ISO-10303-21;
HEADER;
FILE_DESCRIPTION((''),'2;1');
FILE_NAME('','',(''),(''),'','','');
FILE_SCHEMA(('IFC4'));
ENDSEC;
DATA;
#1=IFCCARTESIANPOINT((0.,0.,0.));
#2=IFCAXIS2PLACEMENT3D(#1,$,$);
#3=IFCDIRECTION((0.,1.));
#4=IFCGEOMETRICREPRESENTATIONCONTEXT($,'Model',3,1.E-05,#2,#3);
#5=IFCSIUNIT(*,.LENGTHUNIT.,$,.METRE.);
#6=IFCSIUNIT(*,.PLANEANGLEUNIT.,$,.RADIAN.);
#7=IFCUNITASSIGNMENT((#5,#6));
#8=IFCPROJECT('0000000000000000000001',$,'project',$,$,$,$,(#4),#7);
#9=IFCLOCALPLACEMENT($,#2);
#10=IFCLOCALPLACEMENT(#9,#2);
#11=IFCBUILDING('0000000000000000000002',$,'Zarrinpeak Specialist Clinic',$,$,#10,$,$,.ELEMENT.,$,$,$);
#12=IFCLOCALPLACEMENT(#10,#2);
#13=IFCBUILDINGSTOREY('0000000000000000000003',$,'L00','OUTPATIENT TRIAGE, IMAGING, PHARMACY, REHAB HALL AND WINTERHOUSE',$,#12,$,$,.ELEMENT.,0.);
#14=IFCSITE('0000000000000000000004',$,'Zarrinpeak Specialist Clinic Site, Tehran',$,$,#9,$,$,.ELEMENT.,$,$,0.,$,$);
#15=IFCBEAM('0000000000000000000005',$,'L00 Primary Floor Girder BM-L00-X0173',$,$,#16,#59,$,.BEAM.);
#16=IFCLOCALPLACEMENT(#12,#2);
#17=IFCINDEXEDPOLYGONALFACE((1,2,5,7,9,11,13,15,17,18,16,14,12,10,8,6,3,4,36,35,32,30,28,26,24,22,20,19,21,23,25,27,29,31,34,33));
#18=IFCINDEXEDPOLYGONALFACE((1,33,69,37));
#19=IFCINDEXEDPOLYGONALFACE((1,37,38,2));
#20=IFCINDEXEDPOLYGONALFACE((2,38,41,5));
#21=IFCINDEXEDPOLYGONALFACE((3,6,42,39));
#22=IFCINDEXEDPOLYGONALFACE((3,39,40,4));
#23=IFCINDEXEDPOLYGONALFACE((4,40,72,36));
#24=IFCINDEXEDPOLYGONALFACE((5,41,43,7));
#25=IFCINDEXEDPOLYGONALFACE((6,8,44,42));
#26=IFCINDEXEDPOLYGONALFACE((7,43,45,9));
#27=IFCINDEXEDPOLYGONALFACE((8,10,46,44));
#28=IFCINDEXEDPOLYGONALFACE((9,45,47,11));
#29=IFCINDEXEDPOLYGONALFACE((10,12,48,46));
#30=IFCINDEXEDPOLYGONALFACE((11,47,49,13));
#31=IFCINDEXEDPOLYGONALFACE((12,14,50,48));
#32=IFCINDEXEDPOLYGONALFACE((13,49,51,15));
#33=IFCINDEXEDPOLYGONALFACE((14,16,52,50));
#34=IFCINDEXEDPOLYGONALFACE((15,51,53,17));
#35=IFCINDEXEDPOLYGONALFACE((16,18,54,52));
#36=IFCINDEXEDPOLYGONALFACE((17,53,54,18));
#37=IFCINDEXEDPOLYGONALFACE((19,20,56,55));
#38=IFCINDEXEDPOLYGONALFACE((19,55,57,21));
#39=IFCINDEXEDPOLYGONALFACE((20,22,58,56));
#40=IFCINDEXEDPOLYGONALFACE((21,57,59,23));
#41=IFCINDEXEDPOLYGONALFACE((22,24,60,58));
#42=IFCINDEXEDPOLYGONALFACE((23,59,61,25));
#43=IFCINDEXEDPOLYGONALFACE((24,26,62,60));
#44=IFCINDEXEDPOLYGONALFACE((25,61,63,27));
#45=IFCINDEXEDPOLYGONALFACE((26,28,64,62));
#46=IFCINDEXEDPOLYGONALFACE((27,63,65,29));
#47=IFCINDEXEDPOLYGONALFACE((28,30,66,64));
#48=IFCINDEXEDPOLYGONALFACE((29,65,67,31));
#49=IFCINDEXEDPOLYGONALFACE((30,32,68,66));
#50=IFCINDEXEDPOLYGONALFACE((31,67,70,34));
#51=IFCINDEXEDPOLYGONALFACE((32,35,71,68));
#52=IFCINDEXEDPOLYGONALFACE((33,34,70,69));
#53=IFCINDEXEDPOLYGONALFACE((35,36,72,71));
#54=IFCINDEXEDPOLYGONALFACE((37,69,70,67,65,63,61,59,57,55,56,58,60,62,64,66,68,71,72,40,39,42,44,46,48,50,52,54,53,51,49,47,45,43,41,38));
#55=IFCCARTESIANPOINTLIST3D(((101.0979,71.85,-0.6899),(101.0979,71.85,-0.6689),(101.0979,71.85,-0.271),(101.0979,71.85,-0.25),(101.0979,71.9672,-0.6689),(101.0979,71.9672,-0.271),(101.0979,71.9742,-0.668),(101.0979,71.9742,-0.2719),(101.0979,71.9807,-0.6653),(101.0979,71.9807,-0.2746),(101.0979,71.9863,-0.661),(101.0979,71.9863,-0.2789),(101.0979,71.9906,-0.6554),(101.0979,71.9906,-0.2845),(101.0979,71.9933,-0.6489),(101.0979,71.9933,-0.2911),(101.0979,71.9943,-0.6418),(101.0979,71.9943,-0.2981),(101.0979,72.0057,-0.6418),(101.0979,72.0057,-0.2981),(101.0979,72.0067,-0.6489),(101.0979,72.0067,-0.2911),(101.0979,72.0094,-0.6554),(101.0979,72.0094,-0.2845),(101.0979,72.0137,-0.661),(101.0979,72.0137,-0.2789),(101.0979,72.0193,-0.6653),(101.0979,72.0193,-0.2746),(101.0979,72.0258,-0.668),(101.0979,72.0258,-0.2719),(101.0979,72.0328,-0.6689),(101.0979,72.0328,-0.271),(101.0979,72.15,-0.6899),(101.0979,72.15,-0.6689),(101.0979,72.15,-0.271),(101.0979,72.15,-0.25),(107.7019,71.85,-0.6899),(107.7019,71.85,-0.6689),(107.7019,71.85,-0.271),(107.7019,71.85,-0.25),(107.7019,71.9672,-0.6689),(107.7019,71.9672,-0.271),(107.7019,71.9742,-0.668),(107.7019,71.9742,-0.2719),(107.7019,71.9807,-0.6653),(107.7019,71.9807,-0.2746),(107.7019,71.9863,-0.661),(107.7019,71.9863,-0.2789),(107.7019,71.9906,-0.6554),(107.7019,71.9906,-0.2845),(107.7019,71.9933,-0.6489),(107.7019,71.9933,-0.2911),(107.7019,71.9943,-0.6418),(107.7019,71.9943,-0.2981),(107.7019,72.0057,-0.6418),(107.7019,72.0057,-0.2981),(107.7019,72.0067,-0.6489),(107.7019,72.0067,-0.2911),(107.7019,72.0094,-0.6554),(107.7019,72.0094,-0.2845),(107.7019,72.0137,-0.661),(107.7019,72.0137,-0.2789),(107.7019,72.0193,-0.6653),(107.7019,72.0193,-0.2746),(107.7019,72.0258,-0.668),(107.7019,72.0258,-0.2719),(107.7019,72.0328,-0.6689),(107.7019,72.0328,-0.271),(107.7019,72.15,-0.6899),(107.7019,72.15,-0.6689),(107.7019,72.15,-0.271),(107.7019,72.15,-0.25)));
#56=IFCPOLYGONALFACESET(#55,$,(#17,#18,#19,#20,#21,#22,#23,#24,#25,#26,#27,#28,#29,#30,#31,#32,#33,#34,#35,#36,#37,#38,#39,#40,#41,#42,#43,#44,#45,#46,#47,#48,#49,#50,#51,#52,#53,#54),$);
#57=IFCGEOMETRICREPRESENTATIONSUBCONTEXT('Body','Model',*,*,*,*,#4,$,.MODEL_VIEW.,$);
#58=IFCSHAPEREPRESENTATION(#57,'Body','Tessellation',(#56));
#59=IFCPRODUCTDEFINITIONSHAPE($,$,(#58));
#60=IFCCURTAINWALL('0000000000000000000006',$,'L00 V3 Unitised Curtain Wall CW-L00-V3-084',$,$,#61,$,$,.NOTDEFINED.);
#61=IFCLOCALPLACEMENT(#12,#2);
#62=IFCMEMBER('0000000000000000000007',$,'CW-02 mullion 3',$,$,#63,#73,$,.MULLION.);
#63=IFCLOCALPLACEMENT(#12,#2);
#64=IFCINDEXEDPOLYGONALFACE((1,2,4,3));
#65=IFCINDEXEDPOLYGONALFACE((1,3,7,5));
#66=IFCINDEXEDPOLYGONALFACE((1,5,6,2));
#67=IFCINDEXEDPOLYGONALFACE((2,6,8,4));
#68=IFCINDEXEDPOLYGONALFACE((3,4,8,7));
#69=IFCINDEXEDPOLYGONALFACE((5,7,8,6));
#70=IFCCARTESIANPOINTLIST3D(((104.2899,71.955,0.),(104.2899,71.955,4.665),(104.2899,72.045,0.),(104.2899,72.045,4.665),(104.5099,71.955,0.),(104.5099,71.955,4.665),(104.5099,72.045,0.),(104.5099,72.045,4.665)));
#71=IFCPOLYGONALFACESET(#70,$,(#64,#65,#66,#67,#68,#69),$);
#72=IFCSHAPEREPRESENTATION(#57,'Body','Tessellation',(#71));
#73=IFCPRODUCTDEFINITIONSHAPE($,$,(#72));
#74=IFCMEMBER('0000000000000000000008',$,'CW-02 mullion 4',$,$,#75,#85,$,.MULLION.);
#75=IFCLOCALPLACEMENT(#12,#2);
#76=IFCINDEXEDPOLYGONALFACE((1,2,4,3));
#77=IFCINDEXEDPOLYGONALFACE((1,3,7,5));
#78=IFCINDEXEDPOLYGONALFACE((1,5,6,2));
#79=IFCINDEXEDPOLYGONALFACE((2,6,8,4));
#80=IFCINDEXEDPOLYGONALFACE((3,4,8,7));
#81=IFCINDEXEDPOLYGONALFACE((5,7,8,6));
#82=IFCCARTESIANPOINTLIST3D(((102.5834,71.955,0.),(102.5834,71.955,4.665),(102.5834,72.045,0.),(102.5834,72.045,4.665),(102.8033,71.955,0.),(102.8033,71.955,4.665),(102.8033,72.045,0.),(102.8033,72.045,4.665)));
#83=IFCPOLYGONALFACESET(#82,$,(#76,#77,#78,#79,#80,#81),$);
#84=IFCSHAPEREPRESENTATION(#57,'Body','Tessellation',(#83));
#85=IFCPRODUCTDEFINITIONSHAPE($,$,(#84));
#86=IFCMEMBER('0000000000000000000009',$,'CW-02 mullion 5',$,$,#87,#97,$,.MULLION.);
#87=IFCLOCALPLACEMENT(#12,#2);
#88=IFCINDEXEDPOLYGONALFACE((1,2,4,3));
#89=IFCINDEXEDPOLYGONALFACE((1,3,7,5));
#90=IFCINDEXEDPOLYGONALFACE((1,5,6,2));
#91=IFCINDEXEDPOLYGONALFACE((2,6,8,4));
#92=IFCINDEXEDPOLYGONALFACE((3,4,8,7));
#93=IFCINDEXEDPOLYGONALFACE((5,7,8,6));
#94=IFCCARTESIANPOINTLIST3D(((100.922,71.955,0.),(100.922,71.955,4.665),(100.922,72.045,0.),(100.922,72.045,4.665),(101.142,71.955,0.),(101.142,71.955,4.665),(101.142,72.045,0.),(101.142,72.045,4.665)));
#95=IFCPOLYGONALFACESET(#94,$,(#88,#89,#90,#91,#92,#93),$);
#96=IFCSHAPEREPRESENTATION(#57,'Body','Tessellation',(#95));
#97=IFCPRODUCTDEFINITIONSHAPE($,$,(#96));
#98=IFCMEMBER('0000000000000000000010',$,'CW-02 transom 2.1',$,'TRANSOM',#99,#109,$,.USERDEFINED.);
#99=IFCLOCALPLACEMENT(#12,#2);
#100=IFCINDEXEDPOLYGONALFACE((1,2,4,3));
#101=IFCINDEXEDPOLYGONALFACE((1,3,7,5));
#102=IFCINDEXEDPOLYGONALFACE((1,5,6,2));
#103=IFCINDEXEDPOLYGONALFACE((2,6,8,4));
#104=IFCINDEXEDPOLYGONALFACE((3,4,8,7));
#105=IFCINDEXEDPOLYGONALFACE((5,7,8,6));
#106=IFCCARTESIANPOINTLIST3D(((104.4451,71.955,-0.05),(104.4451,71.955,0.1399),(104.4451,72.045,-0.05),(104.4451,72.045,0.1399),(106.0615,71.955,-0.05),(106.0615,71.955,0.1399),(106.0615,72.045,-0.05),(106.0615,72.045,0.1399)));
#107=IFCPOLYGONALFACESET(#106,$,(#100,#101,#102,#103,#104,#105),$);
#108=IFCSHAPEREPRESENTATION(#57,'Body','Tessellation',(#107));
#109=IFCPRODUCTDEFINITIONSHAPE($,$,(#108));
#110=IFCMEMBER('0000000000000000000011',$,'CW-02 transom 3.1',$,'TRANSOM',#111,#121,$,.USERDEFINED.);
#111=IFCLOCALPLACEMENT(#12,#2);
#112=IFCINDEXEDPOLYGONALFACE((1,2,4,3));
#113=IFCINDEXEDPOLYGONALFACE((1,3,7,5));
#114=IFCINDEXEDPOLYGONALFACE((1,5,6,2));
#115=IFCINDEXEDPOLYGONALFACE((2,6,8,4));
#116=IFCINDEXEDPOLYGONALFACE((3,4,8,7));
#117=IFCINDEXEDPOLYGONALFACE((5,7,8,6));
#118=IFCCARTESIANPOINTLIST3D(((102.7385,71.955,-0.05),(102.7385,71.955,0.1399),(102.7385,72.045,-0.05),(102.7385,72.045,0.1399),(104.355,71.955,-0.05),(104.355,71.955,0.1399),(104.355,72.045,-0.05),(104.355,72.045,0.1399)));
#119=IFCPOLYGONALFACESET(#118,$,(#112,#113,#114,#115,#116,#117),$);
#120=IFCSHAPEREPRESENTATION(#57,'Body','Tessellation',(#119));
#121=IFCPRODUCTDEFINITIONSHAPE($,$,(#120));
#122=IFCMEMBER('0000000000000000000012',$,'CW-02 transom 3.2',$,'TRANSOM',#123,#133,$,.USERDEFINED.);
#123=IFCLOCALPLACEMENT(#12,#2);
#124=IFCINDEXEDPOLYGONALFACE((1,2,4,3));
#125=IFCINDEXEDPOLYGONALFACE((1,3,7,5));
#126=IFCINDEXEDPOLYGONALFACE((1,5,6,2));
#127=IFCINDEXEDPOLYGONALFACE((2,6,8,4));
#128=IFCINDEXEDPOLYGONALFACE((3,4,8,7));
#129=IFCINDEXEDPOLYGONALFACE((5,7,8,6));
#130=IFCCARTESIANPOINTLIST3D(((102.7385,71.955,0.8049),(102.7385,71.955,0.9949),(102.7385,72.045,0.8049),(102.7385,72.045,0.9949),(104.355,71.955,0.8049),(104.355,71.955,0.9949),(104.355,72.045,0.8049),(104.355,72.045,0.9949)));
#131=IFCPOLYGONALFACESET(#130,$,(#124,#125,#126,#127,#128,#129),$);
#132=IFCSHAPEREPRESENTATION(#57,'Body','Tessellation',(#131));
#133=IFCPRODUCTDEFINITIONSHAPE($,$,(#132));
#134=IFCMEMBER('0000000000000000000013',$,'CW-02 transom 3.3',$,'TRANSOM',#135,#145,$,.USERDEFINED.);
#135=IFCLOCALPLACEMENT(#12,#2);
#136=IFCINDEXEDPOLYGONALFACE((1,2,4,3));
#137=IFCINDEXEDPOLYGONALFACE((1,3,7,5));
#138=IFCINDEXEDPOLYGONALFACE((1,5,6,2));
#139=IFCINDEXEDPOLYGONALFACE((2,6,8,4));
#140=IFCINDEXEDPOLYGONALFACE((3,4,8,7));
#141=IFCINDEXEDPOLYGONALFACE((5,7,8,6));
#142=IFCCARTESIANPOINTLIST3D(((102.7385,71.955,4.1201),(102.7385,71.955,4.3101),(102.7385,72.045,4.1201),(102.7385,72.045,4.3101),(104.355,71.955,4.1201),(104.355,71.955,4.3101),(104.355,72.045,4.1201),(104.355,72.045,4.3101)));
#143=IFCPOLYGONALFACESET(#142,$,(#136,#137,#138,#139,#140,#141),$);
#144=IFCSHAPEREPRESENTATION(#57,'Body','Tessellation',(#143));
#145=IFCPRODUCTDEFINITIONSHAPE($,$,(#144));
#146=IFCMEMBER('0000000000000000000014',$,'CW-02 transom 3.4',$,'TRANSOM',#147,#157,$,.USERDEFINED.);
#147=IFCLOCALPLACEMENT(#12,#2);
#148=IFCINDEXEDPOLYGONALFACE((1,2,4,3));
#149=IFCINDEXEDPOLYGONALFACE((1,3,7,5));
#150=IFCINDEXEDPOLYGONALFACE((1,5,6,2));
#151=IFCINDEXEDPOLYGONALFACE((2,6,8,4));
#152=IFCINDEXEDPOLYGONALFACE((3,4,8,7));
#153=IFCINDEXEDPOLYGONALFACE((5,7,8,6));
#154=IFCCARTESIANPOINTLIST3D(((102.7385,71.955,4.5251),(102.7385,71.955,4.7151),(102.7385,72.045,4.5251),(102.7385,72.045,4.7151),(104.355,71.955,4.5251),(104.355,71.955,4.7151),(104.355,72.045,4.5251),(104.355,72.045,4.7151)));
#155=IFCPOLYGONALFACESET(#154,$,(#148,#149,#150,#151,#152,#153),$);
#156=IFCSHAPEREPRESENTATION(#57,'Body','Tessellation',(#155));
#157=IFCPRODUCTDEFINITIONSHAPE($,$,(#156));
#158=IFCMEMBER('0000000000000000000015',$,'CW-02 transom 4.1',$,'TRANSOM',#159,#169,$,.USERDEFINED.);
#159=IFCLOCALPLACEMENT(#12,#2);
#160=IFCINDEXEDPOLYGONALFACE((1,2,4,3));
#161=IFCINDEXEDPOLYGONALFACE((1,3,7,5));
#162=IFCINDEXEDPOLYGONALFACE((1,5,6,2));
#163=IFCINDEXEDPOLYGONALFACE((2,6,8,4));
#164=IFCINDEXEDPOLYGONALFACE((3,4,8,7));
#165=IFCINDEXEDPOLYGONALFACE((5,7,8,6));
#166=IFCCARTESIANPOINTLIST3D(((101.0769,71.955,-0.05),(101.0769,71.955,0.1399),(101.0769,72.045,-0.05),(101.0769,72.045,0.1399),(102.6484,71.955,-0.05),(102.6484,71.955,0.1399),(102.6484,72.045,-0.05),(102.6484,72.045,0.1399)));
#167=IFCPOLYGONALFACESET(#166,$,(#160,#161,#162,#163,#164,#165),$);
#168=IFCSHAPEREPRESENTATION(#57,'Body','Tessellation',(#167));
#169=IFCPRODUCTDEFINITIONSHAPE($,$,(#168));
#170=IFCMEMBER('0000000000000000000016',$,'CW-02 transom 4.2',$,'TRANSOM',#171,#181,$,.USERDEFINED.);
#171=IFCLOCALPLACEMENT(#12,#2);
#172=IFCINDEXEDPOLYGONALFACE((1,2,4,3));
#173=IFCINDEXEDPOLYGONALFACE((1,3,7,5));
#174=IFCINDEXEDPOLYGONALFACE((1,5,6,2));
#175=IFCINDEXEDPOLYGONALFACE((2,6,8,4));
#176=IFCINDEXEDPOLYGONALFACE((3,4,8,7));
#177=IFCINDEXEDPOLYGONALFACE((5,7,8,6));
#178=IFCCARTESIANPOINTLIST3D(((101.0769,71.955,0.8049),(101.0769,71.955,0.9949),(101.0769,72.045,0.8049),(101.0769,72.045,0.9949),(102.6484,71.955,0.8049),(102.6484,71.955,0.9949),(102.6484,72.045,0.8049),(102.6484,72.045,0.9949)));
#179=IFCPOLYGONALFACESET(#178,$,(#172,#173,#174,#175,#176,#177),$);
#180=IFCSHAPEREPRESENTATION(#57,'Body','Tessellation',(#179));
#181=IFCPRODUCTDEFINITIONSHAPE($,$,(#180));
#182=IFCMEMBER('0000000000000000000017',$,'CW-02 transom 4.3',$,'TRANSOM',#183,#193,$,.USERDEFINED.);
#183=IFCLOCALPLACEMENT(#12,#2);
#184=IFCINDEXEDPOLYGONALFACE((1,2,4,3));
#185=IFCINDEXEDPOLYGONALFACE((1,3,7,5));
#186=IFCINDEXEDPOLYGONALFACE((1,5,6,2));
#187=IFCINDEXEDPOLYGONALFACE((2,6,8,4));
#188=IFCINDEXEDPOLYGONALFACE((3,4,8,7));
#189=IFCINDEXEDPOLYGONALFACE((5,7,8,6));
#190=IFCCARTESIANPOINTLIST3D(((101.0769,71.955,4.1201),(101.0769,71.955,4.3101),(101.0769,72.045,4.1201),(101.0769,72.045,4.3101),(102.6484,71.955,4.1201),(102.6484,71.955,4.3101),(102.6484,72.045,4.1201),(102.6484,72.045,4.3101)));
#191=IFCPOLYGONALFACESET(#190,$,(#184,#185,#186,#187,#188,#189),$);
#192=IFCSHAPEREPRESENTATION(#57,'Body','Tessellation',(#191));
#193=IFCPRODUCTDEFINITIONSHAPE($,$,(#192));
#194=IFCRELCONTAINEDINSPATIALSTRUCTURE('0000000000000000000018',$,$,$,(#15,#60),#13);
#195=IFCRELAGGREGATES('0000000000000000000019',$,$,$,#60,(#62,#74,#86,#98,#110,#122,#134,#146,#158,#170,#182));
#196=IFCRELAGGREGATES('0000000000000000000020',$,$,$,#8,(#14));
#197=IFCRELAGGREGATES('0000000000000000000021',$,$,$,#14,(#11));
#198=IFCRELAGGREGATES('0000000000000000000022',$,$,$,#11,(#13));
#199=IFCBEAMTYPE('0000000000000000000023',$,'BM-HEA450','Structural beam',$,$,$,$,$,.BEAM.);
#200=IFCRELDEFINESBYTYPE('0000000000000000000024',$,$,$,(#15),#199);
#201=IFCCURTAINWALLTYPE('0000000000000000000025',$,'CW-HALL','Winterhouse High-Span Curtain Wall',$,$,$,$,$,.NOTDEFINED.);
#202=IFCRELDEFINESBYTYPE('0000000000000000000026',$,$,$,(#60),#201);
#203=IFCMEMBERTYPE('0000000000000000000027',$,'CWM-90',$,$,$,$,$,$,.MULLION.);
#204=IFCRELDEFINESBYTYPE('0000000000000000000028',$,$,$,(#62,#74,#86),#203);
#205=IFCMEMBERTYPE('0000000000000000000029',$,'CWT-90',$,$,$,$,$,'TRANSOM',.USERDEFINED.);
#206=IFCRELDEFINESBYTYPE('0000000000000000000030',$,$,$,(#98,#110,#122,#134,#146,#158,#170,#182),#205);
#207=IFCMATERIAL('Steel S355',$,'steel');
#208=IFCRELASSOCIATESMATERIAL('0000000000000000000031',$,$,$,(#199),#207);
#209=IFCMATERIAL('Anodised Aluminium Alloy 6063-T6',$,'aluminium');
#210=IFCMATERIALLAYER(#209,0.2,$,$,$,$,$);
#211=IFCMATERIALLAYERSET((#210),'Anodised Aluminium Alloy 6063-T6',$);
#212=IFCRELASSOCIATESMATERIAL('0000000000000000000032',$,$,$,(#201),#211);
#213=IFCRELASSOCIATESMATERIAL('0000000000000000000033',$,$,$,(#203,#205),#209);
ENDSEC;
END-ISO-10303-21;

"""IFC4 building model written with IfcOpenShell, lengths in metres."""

from ifc_helpers import new_model, si_unit, direction, frame, origin, origin_2d, place, context, subcontext, project, spatial, rectangle, i_section, extrude, material, layer, layer_set, material_profile, profile_set, type_object, element, aggregate, save


model = new_model("IFC4")

# Units and contexts
model_context = context("Model", 3, precision=1e-05, world=origin(), true_north=direction((0.0, 1.0)))
body_context = subcontext(model_context, "Body", "Model", "MODEL_VIEW")
ifc_project = project(units=[si_unit("LENGTHUNIT", "METRE"), si_unit("PLANEANGLEUNIT", "RADIAN")], contexts=[model_context])

# Site, building, storey
site_placement = place(None, origin())
site = spatial("IfcSite", under=ifc_project, at=site_placement, Name="Zarrinpeak Specialist Clinic Site, Tehran", CompositionType="ELEMENT", RefElevation=0.0)
building_placement = place(site_placement, origin())
building = spatial("IfcBuilding", under=site, at=building_placement, Name="Zarrinpeak Specialist Clinic", CompositionType="ELEMENT")
storey_placement = place(building_placement, origin())
storey = spatial("IfcBuildingStorey", under=building, at=storey_placement, Name="L00", Description="OUTPATIENT TRIAGE, IMAGING, PHARMACY, REHAB HALL AND WINTERHOUSE", CompositionType="ELEMENT", Elevation=0.0)

# Beam
ifc_material_1 = material(Name="Steel S355", Category="steel")
ifc_material_profile_1 = material_profile(ifc_material_1, i_section(OverallWidth=0.3, OverallDepth=0.4399, WebThickness=0.0115, FlangeThickness=0.021, FilletRadius=0.0271, at=origin_2d()), Name="HEA 450")
ifc_profile_set_1 = profile_set([ifc_material_profile_1], Name="Steel S355")
beam_type = type_object("IfcBeamType", Name="BM-HEA450", Description="Structural beam", PredefinedType="BEAM", material=ifc_profile_set_1)
beam_placement = place(storey_placement, frame((101.0979, 72.0, -0.47), z_axis=(1.0, 0.0, 0.0), x_axis=(0.0, 1.0, 0.0)))
element("IfcBeam", 1, at=beam_placement, inside=storey, type_object=beam_type, Name="L00 Primary Floor Girder BM-L00-X0173", PredefinedType="BEAM", context=body_context, shape_type="SweptSolid", body=[
    extrude(i_section(OverallWidth=0.3, OverallDepth=0.4399, WebThickness=0.0115, FlangeThickness=0.021, FilletRadius=0.0271, at=origin_2d()), origin(), (0.0, 0.0, 1.0), 6.604),
])

# Curtain wall, members
ifc_material_2 = material(Name="Anodised Aluminium Alloy 6063-T6", Category="aluminium")
ifc_layer_1 = layer(ifc_material_2, 0.2)
ifc_layer_set_1 = layer_set([ifc_layer_1], Name="Anodised Aluminium Alloy 6063-T6")
curtain_wall_type = type_object("IfcCurtainWallType", Name="CW-HALL", Description="Winterhouse High-Span Curtain Wall", PredefinedType="NOTDEFINED", material=ifc_layer_set_1)
curtain_wall_placement = place(storey_placement, origin())
curtain_wall = element("IfcCurtainWall", 2, at=curtain_wall_placement, inside=storey, type_object=curtain_wall_type, Name="L00 V3 Unitised Curtain Wall CW-L00-V3-084", PredefinedType="NOTDEFINED")
ifc_material_profile_2 = material_profile(ifc_material_2, rectangle(XDim=0.0901, YDim=0.22, at=origin_2d()), Name="ALU 90x220")
ifc_profile_set_2 = profile_set([ifc_material_profile_2], Name="Anodised Aluminium Alloy 6063-T6")
member_type_1 = type_object("IfcMemberType", Name="CWM-90", PredefinedType="MULLION", material=ifc_profile_set_2)
member_1_placement = place(storey_placement, frame((104.3999, 72.0, 0.0), z_axis=(0.0, 0.0, 1.0), x_axis=(0.0, -1.0, 0.0)))
member_1 = element("IfcMember", 3, at=member_1_placement, type_object=member_type_1, Name="CW-02 mullion 3", PredefinedType="MULLION", context=body_context, shape_type="SweptSolid", body=[
    extrude(rectangle(XDim=0.0901, YDim=0.22, at=origin_2d()), origin(), (0.0, 0.0, 1.0), 4.665),
])
member_2_placement = place(storey_placement, frame((102.6934, 72.0, 0.0), z_axis=(0.0, 0.0, 1.0), x_axis=(0.0, -1.0, 0.0)))
member_2 = element("IfcMember", 4, at=member_2_placement, type_object=member_type_1, Name="CW-02 mullion 4", PredefinedType="MULLION", context=body_context, shape_type="SweptSolid", body=[
    extrude(rectangle(XDim=0.0901, YDim=0.22, at=origin_2d()), origin(), (0.0, 0.0, 1.0), 4.665),
])
member_3_placement = place(storey_placement, frame((101.032, 72.0, 0.0), z_axis=(0.0, 0.0, 1.0), x_axis=(0.0, -1.0, 0.0)))
member_3 = element("IfcMember", 5, at=member_3_placement, type_object=member_type_1, Name="CW-02 mullion 5", PredefinedType="MULLION", context=body_context, shape_type="SweptSolid", body=[
    extrude(rectangle(XDim=0.0901, YDim=0.22, at=origin_2d()), origin(), (0.0, 0.0, 1.0), 4.665),
])
ifc_material_profile_3 = material_profile(ifc_material_2, rectangle(XDim=0.0901, YDim=0.1899, at=origin_2d()), Name="ALU 90x190")
ifc_profile_set_3 = profile_set([ifc_material_profile_3], Name="Anodised Aluminium Alloy 6063-T6")
member_type_2 = type_object("IfcMemberType", Name="CWT-90", ElementType="TRANSOM", PredefinedType="USERDEFINED", material=ifc_profile_set_3)
member_4_placement = place(storey_placement, frame((106.0615, 72.0, 0.0449), z_axis=(-1.0, 0.0, 0.0), x_axis=(0.0, -1.0, 0.0)))
member_4 = element("IfcMember", 6, at=member_4_placement, type_object=member_type_2, Name="CW-02 transom 2.1", ObjectType="TRANSOM", PredefinedType="USERDEFINED", context=body_context, shape_type="SweptSolid", body=[
    extrude(rectangle(XDim=0.0901, YDim=0.1899, at=origin_2d()), origin(), (0.0, 0.0, 1.0), 1.6165),
])
member_5_placement = place(storey_placement, frame((104.355, 72.0, 0.0449), z_axis=(-1.0, 0.0, 0.0), x_axis=(0.0, -1.0, 0.0)))
member_5 = element("IfcMember", 7, at=member_5_placement, type_object=member_type_2, Name="CW-02 transom 3.1", ObjectType="TRANSOM", PredefinedType="USERDEFINED", context=body_context, shape_type="SweptSolid", body=[
    extrude(rectangle(XDim=0.0901, YDim=0.1899, at=origin_2d()), origin(), (0.0, 0.0, 1.0), 1.6165),
])
member_6_placement = place(storey_placement, frame((104.355, 72.0, 0.8999), z_axis=(-1.0, 0.0, 0.0), x_axis=(0.0, -1.0, 0.0)))
member_6 = element("IfcMember", 8, at=member_6_placement, type_object=member_type_2, Name="CW-02 transom 3.2", ObjectType="TRANSOM", PredefinedType="USERDEFINED", context=body_context, shape_type="SweptSolid", body=[
    extrude(rectangle(XDim=0.0901, YDim=0.1899, at=origin_2d()), origin(), (0.0, 0.0, 1.0), 1.6165),
])
member_7_placement = place(storey_placement, frame((104.355, 72.0, 4.2151), z_axis=(-1.0, 0.0, 0.0), x_axis=(0.0, -1.0, 0.0)))
member_7 = element("IfcMember", 9, at=member_7_placement, type_object=member_type_2, Name="CW-02 transom 3.3", ObjectType="TRANSOM", PredefinedType="USERDEFINED", context=body_context, shape_type="SweptSolid", body=[
    extrude(rectangle(XDim=0.0901, YDim=0.1899, at=origin_2d()), origin(), (0.0, 0.0, 1.0), 1.6165),
])
member_8_placement = place(storey_placement, frame((104.355, 72.0, 4.6201), z_axis=(-1.0, 0.0, 0.0), x_axis=(0.0, -1.0, 0.0)))
member_8 = element("IfcMember", 10, at=member_8_placement, type_object=member_type_2, Name="CW-02 transom 3.4", ObjectType="TRANSOM", PredefinedType="USERDEFINED", context=body_context, shape_type="SweptSolid", body=[
    extrude(rectangle(XDim=0.0901, YDim=0.1899, at=origin_2d()), origin(), (0.0, 0.0, 1.0), 1.6165),
])
member_9_placement = place(storey_placement, frame((102.6484, 72.0, 0.0449), z_axis=(-1.0, 0.0, 0.0), x_axis=(0.0, -1.0, 0.0)))
member_9 = element("IfcMember", 11, at=member_9_placement, type_object=member_type_2, Name="CW-02 transom 4.1", ObjectType="TRANSOM", PredefinedType="USERDEFINED", context=body_context, shape_type="SweptSolid", body=[
    extrude(rectangle(XDim=0.0901, YDim=0.1899, at=origin_2d()), origin(), (0.0, 0.0, 1.0), 1.5715),
])
member_10_placement = place(storey_placement, frame((102.6484, 72.0, 0.8999), z_axis=(-1.0, 0.0, 0.0), x_axis=(0.0, -1.0, 0.0)))
member_10 = element("IfcMember", 12, at=member_10_placement, type_object=member_type_2, Name="CW-02 transom 4.2", ObjectType="TRANSOM", PredefinedType="USERDEFINED", context=body_context, shape_type="SweptSolid", body=[
    extrude(rectangle(XDim=0.0901, YDim=0.1899, at=origin_2d()), origin(), (0.0, 0.0, 1.0), 1.5715),
])
member_11_placement = place(storey_placement, frame((102.6484, 72.0, 4.2151), z_axis=(-1.0, 0.0, 0.0), x_axis=(0.0, -1.0, 0.0)))
member_11 = element("IfcMember", 13, at=member_11_placement, type_object=member_type_2, Name="CW-02 transom 4.3", ObjectType="TRANSOM", PredefinedType="USERDEFINED", context=body_context, shape_type="SweptSolid", body=[
    extrude(rectangle(XDim=0.0901, YDim=0.1899, at=origin_2d()), origin(), (0.0, 0.0, 1.0), 1.5715),
])
aggregate(curtain_wall, [member_1, member_2, member_3, member_4, member_5, member_6, member_7, member_8, member_9, member_10, member_11])

save(model, "model.ifc")
